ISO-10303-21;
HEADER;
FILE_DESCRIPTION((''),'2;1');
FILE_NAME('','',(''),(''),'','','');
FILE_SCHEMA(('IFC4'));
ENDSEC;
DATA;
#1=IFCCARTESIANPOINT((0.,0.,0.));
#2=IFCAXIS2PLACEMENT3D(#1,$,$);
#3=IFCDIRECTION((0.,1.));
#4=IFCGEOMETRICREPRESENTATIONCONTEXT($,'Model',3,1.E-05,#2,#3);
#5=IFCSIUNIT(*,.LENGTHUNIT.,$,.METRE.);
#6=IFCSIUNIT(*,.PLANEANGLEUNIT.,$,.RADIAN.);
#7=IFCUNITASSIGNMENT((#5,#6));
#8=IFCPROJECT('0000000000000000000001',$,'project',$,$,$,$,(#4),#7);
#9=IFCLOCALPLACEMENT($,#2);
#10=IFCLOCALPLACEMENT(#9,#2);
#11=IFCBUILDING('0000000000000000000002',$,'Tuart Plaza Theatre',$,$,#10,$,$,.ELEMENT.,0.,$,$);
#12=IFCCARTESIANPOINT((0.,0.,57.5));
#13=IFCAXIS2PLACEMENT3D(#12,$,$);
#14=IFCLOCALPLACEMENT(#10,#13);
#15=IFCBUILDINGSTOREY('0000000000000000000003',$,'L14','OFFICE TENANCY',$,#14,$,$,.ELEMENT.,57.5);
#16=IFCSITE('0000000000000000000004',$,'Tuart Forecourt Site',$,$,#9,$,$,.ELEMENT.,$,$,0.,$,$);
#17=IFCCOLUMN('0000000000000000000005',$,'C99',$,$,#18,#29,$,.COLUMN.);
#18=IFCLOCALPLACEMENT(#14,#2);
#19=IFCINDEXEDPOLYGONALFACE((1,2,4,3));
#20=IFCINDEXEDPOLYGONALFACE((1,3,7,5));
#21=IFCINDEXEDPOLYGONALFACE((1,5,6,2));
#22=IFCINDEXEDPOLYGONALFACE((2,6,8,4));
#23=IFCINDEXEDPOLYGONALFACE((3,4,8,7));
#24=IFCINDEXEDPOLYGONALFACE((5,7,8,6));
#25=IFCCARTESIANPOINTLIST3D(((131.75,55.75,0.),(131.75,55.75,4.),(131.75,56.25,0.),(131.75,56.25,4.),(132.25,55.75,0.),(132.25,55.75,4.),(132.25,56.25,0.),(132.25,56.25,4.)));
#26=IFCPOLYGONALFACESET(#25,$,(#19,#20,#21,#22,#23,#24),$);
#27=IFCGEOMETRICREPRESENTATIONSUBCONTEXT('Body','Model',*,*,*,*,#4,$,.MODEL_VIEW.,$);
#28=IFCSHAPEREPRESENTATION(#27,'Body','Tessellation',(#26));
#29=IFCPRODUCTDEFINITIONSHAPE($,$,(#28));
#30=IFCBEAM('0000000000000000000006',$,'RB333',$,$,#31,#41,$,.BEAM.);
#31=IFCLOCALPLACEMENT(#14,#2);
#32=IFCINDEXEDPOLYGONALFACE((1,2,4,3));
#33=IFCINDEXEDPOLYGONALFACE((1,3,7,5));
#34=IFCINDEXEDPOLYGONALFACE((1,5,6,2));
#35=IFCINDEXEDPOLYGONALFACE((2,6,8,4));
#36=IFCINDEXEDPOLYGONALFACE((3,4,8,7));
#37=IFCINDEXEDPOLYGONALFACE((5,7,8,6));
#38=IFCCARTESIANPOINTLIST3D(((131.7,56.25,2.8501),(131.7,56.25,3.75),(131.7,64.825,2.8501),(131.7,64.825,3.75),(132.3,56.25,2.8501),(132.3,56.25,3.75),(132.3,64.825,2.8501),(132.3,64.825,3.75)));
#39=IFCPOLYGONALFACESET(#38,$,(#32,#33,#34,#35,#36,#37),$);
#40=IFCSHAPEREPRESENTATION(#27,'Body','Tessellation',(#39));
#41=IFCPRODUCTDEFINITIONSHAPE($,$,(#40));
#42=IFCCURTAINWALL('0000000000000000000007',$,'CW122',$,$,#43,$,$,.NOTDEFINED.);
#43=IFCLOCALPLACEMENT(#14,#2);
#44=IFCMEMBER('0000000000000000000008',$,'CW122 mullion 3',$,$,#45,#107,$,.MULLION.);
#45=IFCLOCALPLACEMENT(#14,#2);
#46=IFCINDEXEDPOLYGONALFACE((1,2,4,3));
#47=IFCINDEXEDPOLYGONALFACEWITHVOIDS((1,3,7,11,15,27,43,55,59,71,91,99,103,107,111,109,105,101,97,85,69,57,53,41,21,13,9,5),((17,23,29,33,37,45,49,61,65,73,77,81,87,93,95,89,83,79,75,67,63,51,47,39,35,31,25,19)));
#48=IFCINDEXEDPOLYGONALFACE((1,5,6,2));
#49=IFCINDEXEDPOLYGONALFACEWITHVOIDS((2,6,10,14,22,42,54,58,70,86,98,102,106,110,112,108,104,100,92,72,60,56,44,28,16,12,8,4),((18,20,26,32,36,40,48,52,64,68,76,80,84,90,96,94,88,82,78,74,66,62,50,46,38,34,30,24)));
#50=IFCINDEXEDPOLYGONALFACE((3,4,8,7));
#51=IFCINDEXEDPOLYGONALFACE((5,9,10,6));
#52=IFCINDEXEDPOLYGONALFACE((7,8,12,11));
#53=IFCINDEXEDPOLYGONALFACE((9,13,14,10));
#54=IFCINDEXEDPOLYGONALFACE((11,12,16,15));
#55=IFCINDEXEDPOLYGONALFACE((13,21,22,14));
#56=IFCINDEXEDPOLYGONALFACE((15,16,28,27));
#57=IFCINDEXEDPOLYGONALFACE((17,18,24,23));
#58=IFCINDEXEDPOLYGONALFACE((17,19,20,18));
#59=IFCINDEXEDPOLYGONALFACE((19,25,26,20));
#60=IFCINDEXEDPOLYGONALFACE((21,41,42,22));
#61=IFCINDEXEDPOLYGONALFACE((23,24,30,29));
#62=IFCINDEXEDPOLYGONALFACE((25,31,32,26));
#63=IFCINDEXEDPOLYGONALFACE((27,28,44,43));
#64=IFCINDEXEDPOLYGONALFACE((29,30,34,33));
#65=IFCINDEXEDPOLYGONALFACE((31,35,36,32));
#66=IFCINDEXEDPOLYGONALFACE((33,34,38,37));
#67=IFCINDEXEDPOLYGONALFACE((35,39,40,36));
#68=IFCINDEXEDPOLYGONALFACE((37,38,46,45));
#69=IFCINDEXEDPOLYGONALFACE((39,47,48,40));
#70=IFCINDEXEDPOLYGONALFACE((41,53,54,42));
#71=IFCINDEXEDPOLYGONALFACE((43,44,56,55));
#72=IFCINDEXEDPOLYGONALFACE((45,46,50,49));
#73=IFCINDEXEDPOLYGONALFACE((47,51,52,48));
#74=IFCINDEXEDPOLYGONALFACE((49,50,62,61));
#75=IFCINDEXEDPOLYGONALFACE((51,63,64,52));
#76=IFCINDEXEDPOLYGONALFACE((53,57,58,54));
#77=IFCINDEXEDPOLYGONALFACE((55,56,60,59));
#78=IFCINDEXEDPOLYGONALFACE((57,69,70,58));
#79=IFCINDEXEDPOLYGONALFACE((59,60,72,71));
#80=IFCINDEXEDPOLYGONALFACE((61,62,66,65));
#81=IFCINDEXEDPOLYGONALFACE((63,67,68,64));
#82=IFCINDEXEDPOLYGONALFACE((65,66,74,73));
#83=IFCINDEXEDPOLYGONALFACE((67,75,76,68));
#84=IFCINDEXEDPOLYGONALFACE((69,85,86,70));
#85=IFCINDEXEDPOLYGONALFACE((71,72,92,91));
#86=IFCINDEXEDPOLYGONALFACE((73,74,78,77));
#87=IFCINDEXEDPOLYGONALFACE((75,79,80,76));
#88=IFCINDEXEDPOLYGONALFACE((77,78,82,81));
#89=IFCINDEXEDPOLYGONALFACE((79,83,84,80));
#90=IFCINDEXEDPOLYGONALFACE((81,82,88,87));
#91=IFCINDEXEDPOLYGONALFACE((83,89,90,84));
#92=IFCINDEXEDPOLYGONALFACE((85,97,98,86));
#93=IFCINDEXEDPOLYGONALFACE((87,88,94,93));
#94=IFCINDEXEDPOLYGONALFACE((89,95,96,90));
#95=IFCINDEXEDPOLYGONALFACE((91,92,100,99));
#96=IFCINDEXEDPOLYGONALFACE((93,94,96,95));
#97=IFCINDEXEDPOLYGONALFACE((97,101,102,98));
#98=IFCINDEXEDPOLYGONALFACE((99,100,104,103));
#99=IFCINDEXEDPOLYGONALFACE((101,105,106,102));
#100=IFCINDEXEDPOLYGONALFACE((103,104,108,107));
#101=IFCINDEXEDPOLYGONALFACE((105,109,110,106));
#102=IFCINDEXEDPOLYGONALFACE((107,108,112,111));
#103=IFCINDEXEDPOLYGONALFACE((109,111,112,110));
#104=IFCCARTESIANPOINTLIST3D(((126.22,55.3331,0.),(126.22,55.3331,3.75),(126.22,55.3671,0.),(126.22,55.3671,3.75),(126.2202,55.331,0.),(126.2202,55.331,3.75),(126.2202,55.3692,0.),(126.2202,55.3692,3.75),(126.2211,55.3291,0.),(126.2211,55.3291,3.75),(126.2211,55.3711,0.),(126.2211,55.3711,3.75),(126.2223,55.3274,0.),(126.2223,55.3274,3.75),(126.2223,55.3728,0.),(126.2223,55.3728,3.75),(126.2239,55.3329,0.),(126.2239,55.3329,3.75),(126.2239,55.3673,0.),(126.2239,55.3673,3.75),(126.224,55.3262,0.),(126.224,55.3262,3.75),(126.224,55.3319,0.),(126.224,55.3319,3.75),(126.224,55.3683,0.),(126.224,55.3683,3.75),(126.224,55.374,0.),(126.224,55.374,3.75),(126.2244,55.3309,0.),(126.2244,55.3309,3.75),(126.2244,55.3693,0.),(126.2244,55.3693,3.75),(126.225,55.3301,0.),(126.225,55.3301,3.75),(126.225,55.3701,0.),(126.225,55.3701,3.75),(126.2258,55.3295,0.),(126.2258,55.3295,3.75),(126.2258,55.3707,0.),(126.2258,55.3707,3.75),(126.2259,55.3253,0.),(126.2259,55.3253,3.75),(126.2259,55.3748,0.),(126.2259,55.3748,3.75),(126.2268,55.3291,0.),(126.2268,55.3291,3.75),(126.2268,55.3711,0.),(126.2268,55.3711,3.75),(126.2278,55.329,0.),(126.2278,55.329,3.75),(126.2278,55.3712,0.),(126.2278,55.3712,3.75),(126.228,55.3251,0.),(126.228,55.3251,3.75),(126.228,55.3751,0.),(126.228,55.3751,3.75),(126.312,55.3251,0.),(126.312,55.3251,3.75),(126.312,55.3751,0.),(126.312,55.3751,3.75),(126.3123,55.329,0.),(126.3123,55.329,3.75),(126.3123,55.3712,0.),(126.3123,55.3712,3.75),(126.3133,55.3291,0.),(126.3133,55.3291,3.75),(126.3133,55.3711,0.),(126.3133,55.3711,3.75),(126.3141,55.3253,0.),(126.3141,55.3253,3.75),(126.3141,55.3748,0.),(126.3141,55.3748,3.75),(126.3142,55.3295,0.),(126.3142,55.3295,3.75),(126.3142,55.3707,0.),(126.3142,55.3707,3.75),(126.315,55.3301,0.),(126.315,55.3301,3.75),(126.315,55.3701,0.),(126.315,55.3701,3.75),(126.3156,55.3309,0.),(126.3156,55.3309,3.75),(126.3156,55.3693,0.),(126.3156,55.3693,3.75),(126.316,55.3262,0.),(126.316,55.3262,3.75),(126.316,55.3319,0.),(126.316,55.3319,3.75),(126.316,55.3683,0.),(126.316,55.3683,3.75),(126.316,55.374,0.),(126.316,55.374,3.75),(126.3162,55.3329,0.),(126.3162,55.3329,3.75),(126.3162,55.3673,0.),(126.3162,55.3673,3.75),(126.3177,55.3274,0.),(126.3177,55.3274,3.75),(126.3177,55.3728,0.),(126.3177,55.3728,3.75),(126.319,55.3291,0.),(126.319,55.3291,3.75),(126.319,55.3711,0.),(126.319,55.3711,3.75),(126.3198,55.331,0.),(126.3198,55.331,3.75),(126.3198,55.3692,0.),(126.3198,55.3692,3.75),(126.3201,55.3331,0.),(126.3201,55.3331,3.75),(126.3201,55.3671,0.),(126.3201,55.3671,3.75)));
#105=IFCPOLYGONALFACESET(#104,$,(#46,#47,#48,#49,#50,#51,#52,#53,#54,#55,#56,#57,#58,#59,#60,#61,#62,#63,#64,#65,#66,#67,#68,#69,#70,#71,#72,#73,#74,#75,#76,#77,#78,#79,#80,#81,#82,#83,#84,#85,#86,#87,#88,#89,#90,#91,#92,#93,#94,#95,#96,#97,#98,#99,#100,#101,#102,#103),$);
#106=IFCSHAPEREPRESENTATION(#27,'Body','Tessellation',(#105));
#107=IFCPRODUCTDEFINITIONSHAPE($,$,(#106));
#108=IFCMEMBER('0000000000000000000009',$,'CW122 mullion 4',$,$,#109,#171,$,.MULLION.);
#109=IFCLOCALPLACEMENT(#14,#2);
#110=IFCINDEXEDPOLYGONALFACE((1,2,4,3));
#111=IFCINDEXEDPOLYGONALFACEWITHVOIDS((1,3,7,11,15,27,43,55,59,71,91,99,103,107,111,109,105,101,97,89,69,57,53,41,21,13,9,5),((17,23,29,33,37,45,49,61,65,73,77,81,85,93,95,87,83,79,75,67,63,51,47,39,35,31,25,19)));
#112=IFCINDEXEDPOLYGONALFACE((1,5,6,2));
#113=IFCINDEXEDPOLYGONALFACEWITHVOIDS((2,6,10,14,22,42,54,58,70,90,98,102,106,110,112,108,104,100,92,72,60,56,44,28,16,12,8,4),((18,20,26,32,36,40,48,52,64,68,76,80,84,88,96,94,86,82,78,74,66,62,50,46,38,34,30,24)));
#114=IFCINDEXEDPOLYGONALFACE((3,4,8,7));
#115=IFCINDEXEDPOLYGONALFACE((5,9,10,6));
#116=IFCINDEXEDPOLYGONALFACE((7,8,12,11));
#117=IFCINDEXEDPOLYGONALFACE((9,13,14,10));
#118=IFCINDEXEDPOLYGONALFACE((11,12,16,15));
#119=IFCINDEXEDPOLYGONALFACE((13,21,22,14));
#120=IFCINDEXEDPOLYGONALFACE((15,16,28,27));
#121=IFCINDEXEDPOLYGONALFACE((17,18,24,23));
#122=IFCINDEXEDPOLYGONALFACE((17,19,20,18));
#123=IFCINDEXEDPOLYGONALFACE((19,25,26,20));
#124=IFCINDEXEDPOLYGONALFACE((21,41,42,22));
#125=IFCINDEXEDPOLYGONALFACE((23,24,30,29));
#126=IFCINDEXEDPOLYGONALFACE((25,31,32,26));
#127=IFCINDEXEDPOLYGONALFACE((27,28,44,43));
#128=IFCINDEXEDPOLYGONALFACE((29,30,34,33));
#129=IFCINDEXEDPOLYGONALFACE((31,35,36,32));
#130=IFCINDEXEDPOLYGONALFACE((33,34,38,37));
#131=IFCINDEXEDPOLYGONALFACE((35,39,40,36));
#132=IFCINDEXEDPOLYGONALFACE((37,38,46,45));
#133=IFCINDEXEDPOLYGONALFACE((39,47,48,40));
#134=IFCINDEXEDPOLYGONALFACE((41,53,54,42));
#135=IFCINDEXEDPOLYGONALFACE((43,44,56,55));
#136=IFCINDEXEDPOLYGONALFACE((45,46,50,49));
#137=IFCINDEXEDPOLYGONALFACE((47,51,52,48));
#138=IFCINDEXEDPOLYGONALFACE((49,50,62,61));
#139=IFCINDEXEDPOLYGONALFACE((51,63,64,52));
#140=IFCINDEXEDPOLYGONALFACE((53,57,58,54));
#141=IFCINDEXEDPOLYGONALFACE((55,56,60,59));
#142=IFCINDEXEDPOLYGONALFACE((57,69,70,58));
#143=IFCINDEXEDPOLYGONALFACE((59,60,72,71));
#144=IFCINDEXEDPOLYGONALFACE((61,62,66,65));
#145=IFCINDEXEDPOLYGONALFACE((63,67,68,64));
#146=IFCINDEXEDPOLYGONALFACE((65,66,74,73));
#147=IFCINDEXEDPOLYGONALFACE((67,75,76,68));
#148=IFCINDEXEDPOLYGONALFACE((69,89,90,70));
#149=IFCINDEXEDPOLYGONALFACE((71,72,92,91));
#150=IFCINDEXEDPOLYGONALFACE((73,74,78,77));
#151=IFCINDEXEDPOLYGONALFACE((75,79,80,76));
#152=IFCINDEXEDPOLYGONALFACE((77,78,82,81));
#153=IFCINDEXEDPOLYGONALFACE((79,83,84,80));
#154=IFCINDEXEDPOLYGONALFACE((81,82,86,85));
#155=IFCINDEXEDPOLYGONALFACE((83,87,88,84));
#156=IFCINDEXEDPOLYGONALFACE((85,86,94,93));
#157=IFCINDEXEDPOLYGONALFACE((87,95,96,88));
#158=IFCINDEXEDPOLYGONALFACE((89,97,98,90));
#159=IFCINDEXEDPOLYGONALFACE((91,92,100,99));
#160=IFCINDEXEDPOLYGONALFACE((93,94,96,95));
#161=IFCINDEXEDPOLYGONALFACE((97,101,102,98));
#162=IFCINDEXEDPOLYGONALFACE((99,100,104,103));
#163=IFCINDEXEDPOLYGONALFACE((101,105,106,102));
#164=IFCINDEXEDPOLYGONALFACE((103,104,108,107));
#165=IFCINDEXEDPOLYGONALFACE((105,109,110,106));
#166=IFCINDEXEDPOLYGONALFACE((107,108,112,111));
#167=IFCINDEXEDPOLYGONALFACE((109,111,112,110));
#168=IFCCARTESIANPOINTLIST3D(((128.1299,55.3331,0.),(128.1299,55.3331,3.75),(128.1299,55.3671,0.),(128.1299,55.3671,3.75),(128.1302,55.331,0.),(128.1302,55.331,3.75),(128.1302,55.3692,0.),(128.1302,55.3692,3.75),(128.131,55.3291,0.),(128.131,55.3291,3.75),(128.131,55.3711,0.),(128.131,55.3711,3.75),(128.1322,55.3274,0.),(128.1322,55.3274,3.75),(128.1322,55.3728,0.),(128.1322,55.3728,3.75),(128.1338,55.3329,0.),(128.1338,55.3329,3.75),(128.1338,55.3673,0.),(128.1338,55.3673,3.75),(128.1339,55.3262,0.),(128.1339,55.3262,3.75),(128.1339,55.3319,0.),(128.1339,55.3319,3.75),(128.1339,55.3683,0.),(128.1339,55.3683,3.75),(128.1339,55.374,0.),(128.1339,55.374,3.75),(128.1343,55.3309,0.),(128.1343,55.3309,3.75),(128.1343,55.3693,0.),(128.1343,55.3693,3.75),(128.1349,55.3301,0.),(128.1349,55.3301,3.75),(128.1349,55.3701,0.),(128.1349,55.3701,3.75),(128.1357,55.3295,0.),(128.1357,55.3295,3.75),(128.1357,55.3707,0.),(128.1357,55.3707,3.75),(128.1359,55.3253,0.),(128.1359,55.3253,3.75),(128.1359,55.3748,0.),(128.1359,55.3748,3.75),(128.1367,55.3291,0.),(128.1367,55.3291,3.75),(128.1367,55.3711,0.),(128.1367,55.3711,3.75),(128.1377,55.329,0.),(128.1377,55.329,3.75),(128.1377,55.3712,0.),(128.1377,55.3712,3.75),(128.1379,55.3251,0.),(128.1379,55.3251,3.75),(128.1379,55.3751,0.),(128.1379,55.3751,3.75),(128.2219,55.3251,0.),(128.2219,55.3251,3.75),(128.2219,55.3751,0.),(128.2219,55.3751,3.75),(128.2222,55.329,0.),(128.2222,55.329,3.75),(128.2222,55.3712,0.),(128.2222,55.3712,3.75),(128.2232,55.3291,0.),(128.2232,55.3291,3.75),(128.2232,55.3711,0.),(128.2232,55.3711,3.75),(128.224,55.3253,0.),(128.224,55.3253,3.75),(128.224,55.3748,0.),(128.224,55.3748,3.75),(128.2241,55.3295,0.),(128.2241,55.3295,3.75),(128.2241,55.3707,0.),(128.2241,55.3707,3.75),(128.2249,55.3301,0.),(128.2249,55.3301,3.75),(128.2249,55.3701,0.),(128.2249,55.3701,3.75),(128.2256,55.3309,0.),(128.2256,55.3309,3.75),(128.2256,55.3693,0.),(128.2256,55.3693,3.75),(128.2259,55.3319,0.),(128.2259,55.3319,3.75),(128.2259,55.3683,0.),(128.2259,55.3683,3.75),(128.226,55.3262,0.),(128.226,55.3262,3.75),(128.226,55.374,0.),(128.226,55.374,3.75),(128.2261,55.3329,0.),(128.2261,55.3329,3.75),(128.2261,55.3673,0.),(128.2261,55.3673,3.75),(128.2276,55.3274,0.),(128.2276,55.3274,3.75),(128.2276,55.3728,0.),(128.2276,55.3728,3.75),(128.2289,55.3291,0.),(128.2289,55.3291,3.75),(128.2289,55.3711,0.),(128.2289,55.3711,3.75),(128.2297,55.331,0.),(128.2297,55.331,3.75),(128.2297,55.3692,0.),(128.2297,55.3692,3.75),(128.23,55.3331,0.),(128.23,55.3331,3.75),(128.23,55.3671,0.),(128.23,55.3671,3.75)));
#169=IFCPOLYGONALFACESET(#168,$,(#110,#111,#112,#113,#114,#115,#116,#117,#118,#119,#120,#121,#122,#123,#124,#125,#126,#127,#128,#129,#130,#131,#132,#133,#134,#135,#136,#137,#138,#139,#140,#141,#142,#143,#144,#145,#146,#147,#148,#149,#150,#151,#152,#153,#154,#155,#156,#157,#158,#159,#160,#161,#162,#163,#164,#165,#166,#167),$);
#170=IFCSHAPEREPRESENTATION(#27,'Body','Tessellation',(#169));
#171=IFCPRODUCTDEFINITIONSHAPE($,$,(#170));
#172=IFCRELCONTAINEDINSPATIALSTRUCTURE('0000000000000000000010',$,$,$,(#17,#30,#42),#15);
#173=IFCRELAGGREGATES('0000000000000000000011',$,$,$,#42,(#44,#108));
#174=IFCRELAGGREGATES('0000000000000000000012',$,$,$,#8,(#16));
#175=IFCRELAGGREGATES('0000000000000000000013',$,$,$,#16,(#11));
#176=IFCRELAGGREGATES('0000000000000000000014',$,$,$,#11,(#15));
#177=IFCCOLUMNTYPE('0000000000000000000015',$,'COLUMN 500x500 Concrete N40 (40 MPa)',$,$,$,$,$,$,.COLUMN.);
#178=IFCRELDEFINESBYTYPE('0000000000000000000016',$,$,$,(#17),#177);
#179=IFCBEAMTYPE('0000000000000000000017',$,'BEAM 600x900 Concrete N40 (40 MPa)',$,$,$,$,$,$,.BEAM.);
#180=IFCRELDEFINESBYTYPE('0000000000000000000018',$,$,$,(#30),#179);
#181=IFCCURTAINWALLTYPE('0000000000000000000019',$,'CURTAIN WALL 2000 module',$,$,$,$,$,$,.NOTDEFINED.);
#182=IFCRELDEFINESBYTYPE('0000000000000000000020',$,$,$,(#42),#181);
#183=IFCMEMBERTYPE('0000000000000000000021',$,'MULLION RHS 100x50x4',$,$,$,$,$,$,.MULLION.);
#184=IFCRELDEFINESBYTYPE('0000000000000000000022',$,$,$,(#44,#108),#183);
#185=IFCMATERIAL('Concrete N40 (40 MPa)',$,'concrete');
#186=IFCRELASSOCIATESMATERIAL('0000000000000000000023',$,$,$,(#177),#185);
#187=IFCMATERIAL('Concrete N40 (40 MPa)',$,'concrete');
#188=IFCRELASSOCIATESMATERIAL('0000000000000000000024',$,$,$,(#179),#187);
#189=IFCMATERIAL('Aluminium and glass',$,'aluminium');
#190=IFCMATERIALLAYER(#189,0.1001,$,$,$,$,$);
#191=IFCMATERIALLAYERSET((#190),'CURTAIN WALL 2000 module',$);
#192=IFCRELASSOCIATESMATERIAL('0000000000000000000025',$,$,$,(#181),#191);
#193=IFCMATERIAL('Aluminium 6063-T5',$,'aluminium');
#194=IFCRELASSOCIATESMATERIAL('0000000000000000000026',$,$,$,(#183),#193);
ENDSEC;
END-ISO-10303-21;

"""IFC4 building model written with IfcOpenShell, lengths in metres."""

from ifc_helpers import new_model, si_unit, direction, frame, origin, origin_2d, place, context, subcontext, project, spatial, rectangle, hollow_rectangle, extrude, material, layer, layer_set, material_profile, profile_set, type_object, element, aggregate, save


model = new_model("IFC4")

# Units and contexts
model_context = context("Model", 3, precision=1e-05, world=origin(), true_north=direction((0.0, 1.0)))
body_context = subcontext(model_context, "Body", "Model", "MODEL_VIEW")
ifc_project = project(units=[si_unit("LENGTHUNIT", "METRE"), si_unit("PLANEANGLEUNIT", "RADIAN")], contexts=[model_context])

# Site, building, storey
site_placement = place(None, origin())
site = spatial("IfcSite", under=ifc_project, at=site_placement, Name="Tuart Forecourt Site", CompositionType="ELEMENT", RefElevation=0.0)
building_placement = place(site_placement, origin())
building = spatial("IfcBuilding", under=site, at=building_placement, Name="Tuart Plaza Theatre", CompositionType="ELEMENT", ElevationOfRefHeight=0.0)
storey_placement = place(building_placement, frame((0.0, 0.0, 57.5)))
storey = spatial("IfcBuildingStorey", under=building, at=storey_placement, Name="L14", Description="OFFICE TENANCY", CompositionType="ELEMENT", Elevation=57.5)

# Column
ifc_material_1 = material(Name="Concrete N40 (40 MPa)", Category="concrete")
ifc_material_profile_1 = material_profile(ifc_material_1, rectangle(XDim=0.5, YDim=0.5, at=origin_2d()), Name="COLUMN 500x500 Concrete N40 (40 MPa)")
ifc_profile_set_1 = profile_set([ifc_material_profile_1], Name="Concrete N40 (40 MPa)")
column_type = type_object("IfcColumnType", Name="COLUMN 500x500 Concrete N40 (40 MPa)", PredefinedType="COLUMN", material=ifc_profile_set_1)
column_placement = place(storey_placement, frame((132.0, 56.0, 0.0), z_axis=(0.0, 0.0, 1.0), x_axis=(1.0, 0.0, 0.0)))
element("IfcColumn", 1, at=column_placement, inside=storey, type_object=column_type, Name="C99", PredefinedType="COLUMN", context=body_context, shape_type="SweptSolid", body=[
    extrude(rectangle(XDim=0.5, YDim=0.5, at=origin_2d()), origin(), (0.0, 0.0, 1.0), 4.0),
])

# Beam
ifc_material_2 = material(Name="Concrete N40 (40 MPa)", Category="concrete")
ifc_material_profile_2 = material_profile(ifc_material_2, rectangle(XDim=0.6001, YDim=0.8999, at=origin_2d()), Name="BEAM 600x900 Concrete N40 (40 MPa)")
ifc_profile_set_2 = profile_set([ifc_material_profile_2], Name="Concrete N40 (40 MPa)")
beam_type = type_object("IfcBeamType", Name="BEAM 600x900 Concrete N40 (40 MPa)", PredefinedType="BEAM", material=ifc_profile_set_2)
beam_placement = place(storey_placement, frame((132.0, 56.25, 3.3), z_axis=(0.0, 1.0, 0.0), x_axis=(-1.0, 0.0, 0.0)))
element("IfcBeam", 2, at=beam_placement, inside=storey, type_object=beam_type, Name="RB333", PredefinedType="BEAM", context=body_context, shape_type="SweptSolid", body=[
    extrude(rectangle(XDim=0.6001, YDim=0.8999, at=origin_2d()), origin(), (0.0, 0.0, 1.0), 8.575),
])

# Curtain wall, members
ifc_material_3 = material(Name="Aluminium and glass", Category="aluminium")
ifc_layer_1 = layer(ifc_material_3, 0.1001)
ifc_layer_set_1 = layer_set([ifc_layer_1], Name="CURTAIN WALL 2000 module")
curtain_wall_type = type_object("IfcCurtainWallType", Name="CURTAIN WALL 2000 module", PredefinedType="NOTDEFINED", material=ifc_layer_set_1)
curtain_wall_placement = place(storey_placement, origin())
curtain_wall = element("IfcCurtainWall", 3, at=curtain_wall_placement, inside=storey, type_object=curtain_wall_type, Name="CW122", PredefinedType="NOTDEFINED")
ifc_material_4 = material(Name="Aluminium 6063-T5", Category="aluminium")
ifc_material_profile_3 = material_profile(ifc_material_4, hollow_rectangle(XDim=0.05, YDim=0.1001, WallThickness=0.0039, InnerFilletRadius=0.0039, OuterFilletRadius=0.0081, at=origin_2d()), Name="RHS 100x50x4")
ifc_profile_set_3 = profile_set([ifc_material_profile_3], Name="Aluminium 6063-T5")
member_type_1 = type_object("IfcMemberType", Name="MULLION RHS 100x50x4", PredefinedType="MULLION", material=ifc_profile_set_3)
member_1_placement = place(storey_placement, frame((126.27, 55.3501, 0.0), z_axis=(0.0, 0.0, 1.0), x_axis=(0.0, 1.0, 0.0)))
member_1 = element("IfcMember", 4, at=member_1_placement, type_object=member_type_1, Name="CW122 mullion 3", PredefinedType="MULLION", context=body_context, shape_type="SweptSolid", body=[
    extrude(hollow_rectangle(XDim=0.05, YDim=0.1001, WallThickness=0.0039, InnerFilletRadius=0.0039, OuterFilletRadius=0.0081, at=origin_2d()), origin(), (0.0, 0.0, 1.0), 3.75),
])
member_2_placement = place(storey_placement, frame((128.1799, 55.3501, 0.0), z_axis=(0.0, 0.0, 1.0), x_axis=(0.0, 1.0, 0.0)))
member_2 = element("IfcMember", 5, at=member_2_placement, type_object=member_type_1, Name="CW122 mullion 4", PredefinedType="MULLION", context=body_context, shape_type="SweptSolid", body=[
    extrude(hollow_rectangle(XDim=0.05, YDim=0.1001, WallThickness=0.0039, InnerFilletRadius=0.0039, OuterFilletRadius=0.0081, at=origin_2d()), origin(), (0.0, 0.0, 1.0), 3.75),
])
aggregate(curtain_wall, [member_1, member_2])

save(model, "model.ifc")
